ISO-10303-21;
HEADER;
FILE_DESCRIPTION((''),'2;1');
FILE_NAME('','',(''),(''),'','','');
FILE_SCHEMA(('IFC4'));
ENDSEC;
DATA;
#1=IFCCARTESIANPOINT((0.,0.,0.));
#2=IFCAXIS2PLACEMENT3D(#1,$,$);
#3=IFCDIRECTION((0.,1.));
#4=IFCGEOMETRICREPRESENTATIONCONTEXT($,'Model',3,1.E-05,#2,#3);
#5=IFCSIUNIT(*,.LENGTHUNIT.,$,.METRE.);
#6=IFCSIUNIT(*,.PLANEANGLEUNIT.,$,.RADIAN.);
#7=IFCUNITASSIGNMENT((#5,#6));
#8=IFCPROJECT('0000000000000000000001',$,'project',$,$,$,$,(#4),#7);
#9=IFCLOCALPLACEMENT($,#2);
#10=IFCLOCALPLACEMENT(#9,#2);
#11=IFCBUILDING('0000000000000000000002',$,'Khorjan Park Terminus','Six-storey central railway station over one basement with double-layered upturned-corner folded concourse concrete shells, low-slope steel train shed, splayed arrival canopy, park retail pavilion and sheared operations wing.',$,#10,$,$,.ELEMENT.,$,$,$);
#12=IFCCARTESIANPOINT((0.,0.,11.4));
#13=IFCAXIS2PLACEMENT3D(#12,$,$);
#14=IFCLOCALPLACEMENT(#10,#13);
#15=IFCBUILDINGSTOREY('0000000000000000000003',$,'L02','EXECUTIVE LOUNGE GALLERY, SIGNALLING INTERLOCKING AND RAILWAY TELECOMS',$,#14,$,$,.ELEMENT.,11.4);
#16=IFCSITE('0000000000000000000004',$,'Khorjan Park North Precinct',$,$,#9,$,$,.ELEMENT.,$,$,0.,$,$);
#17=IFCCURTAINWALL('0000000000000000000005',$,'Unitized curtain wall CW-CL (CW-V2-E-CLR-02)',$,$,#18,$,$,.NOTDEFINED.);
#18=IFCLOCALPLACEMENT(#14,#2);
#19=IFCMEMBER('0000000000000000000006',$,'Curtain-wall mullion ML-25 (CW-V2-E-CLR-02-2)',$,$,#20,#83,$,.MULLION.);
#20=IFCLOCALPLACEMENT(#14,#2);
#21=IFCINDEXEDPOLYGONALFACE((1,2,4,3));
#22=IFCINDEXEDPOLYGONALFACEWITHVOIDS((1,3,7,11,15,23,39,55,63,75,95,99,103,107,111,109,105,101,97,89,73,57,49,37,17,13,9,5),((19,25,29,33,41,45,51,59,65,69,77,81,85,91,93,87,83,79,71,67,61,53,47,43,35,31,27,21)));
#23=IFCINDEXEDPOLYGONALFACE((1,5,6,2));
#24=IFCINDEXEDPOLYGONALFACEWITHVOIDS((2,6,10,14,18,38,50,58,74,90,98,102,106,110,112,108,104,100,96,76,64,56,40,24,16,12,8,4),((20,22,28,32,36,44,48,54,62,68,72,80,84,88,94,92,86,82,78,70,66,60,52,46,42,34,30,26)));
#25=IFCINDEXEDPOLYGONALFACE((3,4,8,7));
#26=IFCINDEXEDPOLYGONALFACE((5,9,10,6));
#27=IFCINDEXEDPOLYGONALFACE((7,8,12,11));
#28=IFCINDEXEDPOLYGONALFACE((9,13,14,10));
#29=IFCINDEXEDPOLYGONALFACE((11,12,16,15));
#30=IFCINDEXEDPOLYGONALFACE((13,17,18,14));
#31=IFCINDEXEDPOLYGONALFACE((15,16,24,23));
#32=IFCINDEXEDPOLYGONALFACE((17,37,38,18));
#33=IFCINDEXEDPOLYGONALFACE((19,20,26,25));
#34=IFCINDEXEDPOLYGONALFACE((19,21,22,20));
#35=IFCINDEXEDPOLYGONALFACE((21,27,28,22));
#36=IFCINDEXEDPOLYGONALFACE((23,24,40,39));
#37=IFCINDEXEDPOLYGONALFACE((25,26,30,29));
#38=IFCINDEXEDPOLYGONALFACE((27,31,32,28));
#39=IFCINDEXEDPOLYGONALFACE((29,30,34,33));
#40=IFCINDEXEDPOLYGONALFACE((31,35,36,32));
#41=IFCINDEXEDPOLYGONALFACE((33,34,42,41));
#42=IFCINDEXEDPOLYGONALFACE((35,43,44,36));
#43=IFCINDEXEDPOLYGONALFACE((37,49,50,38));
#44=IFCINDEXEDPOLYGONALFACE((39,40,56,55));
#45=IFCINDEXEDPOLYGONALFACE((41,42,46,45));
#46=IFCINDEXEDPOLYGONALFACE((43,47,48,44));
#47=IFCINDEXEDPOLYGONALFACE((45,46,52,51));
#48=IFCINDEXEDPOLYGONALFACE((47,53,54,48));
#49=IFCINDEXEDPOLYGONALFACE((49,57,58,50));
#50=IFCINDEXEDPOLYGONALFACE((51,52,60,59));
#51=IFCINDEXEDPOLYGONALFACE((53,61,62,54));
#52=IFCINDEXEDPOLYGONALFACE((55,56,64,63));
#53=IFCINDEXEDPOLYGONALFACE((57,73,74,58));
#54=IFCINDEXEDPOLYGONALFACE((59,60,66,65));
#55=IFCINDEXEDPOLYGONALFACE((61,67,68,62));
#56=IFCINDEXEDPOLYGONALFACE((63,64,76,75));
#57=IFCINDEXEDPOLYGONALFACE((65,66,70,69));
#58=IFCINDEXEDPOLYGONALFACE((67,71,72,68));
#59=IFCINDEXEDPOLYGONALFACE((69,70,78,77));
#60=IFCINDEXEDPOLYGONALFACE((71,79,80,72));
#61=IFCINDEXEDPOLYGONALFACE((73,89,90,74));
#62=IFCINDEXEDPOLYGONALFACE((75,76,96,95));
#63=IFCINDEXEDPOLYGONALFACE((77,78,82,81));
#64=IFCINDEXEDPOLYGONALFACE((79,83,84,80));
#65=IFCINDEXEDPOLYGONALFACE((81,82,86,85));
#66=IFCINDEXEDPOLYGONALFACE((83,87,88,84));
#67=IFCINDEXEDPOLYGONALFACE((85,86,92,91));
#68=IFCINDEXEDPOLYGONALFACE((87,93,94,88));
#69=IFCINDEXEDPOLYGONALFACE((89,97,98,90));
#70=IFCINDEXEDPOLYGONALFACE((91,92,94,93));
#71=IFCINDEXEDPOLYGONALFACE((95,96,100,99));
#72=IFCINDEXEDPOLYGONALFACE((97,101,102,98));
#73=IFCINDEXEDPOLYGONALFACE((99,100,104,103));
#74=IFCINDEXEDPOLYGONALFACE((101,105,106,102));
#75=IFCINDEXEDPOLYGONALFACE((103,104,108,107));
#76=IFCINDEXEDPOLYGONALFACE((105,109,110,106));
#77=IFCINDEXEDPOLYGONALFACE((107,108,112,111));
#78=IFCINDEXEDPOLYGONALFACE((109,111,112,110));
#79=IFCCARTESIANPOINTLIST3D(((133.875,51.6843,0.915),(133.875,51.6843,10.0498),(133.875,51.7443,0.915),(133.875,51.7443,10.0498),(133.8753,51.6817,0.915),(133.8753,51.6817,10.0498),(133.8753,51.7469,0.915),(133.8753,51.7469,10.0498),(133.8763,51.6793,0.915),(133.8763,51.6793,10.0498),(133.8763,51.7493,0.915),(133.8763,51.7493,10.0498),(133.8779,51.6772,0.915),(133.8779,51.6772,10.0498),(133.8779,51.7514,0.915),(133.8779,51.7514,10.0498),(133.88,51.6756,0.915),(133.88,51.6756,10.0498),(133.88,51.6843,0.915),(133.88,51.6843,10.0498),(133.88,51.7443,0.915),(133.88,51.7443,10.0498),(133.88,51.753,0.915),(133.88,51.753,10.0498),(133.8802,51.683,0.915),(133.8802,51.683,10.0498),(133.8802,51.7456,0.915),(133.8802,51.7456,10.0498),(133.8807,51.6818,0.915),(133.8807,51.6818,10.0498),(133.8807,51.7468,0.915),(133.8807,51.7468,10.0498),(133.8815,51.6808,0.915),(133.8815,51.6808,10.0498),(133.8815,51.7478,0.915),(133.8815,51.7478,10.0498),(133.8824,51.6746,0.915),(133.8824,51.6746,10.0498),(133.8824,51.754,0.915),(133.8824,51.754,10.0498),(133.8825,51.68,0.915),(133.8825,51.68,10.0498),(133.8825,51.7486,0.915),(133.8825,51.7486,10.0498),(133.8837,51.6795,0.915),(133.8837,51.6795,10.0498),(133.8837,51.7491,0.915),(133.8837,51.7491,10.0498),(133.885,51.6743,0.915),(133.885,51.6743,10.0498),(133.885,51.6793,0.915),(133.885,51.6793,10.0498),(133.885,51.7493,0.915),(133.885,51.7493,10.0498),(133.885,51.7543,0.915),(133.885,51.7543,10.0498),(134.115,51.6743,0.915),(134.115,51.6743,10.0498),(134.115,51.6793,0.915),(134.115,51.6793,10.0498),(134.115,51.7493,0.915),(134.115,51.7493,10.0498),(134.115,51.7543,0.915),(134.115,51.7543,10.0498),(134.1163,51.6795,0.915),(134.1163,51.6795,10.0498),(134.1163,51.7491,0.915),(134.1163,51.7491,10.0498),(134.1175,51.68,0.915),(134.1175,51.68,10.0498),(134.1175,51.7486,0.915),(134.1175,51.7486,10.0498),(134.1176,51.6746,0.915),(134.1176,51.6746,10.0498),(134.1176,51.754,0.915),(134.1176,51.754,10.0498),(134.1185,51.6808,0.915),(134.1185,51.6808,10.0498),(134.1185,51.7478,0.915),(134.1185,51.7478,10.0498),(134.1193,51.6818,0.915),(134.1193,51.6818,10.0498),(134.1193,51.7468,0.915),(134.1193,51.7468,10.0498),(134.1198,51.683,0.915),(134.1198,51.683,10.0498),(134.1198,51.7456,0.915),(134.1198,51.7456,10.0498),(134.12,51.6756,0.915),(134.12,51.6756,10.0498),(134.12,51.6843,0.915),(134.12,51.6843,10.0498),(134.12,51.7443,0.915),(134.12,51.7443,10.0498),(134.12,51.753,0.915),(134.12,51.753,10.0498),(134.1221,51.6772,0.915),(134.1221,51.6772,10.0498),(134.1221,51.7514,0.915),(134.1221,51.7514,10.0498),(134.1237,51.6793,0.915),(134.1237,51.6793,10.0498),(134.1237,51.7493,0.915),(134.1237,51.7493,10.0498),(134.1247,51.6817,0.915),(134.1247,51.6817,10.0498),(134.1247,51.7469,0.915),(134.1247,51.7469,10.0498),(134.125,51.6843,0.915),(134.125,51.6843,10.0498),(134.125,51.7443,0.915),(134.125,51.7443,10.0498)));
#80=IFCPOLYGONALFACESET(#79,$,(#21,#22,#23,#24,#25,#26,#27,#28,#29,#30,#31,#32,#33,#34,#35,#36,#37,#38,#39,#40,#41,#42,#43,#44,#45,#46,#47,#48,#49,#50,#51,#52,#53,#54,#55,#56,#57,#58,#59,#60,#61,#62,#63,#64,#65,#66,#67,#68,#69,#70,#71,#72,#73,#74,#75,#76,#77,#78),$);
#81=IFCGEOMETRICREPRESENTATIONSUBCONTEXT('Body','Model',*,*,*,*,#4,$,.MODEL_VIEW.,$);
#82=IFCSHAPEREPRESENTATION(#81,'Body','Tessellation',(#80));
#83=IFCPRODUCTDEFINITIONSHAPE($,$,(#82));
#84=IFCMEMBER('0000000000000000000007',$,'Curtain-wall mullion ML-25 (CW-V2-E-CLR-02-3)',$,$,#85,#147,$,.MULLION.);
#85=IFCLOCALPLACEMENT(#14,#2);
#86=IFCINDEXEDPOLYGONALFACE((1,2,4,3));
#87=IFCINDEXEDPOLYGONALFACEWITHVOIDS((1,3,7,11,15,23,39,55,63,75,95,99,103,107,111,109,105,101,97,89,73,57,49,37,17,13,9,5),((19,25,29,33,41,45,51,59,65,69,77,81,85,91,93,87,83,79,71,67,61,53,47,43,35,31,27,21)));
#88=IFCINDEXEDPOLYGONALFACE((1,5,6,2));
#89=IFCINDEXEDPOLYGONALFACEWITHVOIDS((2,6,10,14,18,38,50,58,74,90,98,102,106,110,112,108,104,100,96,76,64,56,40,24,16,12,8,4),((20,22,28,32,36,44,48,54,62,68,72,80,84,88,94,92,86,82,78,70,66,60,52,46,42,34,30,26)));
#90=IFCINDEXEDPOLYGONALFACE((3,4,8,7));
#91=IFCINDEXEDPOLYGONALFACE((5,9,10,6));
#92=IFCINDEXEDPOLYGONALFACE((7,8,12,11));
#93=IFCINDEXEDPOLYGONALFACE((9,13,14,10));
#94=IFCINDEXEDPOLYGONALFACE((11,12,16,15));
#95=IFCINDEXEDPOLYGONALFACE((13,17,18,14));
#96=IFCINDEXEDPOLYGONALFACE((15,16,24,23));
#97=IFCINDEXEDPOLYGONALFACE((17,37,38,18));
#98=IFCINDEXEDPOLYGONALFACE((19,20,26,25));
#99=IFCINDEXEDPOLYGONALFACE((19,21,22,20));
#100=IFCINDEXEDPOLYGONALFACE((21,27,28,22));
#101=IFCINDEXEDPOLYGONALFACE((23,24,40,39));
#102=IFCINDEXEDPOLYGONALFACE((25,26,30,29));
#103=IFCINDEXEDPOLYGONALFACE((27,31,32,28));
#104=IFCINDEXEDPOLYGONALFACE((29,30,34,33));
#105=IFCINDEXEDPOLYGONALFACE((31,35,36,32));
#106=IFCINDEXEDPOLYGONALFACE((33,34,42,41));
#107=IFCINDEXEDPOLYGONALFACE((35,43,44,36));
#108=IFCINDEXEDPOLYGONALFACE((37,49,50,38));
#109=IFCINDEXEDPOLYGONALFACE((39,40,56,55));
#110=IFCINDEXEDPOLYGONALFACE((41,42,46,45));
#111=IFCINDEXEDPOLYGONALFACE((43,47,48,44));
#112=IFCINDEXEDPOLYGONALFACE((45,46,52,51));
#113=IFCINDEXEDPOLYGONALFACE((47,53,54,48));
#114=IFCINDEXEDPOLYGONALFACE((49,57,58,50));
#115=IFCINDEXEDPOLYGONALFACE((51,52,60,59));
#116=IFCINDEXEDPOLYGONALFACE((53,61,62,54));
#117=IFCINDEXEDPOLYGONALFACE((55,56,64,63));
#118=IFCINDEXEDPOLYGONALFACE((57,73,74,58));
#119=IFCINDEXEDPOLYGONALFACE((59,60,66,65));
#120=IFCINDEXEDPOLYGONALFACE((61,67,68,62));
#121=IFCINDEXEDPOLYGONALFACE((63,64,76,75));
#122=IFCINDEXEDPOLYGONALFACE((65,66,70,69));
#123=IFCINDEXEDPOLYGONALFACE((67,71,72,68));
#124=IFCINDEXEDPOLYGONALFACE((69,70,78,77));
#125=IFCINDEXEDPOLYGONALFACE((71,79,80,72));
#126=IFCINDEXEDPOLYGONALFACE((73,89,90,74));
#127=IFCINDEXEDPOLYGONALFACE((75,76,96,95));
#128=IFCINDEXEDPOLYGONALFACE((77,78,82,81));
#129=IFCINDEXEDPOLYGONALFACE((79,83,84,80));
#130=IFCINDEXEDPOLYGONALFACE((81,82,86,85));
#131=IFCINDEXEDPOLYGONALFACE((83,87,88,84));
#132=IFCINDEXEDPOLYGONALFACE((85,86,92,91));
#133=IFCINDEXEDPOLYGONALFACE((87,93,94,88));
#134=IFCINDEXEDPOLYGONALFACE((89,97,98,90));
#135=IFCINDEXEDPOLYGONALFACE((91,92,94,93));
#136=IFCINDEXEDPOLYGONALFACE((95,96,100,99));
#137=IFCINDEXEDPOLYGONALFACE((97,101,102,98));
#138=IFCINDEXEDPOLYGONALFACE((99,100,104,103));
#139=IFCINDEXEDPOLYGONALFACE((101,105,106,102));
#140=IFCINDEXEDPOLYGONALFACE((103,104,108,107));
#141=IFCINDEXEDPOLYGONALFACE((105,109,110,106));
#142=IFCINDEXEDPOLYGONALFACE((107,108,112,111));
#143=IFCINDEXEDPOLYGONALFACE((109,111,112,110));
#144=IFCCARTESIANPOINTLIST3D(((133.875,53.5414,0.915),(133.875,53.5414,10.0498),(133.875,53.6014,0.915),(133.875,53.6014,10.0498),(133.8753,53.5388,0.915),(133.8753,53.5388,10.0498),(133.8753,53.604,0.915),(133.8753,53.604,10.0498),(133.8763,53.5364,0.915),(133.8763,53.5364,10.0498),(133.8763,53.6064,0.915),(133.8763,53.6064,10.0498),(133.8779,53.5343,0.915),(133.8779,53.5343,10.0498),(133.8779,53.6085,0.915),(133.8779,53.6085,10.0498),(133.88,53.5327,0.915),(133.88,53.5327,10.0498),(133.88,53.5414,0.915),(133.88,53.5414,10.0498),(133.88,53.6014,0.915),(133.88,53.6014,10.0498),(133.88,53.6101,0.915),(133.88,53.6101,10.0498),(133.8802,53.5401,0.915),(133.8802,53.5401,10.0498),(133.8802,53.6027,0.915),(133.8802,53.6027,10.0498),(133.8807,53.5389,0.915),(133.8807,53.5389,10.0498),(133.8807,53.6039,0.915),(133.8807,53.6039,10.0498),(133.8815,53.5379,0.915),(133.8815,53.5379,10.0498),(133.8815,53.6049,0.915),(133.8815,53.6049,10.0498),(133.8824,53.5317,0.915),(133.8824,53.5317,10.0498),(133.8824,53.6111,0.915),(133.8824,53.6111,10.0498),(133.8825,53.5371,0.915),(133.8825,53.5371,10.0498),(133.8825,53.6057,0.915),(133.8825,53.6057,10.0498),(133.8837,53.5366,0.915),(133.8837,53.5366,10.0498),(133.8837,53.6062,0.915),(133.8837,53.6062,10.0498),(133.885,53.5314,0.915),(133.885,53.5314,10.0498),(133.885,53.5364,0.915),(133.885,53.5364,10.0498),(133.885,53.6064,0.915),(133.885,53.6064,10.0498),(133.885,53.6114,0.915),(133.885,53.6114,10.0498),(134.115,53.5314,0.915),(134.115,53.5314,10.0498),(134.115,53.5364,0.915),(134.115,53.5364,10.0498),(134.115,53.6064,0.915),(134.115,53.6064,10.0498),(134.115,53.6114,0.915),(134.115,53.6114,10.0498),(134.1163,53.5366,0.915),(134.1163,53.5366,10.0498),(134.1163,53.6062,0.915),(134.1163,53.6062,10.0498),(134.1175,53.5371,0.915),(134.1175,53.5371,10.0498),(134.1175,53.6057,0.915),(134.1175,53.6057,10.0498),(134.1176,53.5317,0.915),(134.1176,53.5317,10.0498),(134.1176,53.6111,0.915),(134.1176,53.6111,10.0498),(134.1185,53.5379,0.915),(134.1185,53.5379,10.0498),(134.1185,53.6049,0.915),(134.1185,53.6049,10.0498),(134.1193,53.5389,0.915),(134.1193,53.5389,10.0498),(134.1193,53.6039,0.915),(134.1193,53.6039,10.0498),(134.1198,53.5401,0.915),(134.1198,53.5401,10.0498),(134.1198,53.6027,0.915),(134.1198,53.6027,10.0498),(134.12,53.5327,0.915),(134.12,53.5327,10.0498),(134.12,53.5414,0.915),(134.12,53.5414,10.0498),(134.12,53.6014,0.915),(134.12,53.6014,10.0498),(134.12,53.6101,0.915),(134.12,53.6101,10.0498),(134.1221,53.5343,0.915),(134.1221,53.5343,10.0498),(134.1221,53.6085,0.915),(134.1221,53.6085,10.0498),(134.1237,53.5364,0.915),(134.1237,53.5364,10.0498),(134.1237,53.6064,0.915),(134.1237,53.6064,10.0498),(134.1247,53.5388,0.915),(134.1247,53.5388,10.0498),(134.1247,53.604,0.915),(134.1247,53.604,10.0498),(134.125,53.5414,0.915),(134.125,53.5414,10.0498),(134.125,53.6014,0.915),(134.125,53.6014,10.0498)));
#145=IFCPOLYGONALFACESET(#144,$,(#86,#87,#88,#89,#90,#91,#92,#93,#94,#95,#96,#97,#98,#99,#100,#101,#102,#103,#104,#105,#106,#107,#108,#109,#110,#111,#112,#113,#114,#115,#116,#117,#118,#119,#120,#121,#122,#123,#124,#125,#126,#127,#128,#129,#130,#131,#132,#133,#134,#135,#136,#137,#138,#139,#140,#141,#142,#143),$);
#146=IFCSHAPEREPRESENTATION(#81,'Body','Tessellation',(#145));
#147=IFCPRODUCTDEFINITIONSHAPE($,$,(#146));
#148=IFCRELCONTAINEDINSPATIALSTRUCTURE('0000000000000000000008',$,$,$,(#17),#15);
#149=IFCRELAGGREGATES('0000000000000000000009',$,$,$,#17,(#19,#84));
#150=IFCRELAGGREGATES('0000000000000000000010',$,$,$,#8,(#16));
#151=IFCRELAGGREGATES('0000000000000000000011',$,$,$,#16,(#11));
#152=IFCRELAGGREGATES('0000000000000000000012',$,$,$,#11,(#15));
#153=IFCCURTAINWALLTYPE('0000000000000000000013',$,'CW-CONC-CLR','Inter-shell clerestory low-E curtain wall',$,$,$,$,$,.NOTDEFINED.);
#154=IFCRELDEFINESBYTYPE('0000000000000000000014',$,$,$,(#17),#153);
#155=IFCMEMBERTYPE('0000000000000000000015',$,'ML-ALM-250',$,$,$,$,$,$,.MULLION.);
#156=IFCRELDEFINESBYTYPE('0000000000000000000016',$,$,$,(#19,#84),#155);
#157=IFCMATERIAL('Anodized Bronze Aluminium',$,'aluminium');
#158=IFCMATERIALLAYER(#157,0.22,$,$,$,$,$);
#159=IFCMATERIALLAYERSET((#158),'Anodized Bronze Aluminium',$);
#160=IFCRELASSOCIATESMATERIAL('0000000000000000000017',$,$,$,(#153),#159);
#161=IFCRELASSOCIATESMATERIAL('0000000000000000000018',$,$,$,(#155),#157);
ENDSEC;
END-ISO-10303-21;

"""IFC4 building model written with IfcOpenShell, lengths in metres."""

from ifc_helpers import new_model, si_unit, direction, frame, origin, origin_2d, place, context, subcontext, project, spatial, hollow_rectangle, extrude, material, layer, layer_set, material_profile, profile_set, type_object, element, aggregate, save


model = new_model("IFC4")

# Units and contexts
model_context = context("Model", 3, precision=1e-05, world=origin(), true_north=direction((0.0, 1.0)))
body_context = subcontext(model_context, "Body", "Model", "MODEL_VIEW")
ifc_project = project(units=[si_unit("LENGTHUNIT", "METRE"), si_unit("PLANEANGLEUNIT", "RADIAN")], contexts=[model_context])

# Site, building, storey
site_placement = place(None, origin())
site = spatial("IfcSite", under=ifc_project, at=site_placement, Name="Khorjan Park North Precinct", CompositionType="ELEMENT", RefElevation=0.0)
building_placement = place(site_placement, origin())
building = spatial("IfcBuilding", under=site, at=building_placement, Name="Khorjan Park Terminus", Description="Six-storey central railway station over one basement with double-layered upturned-corner folded concourse concrete shells, low-slope steel train shed, splayed arrival canopy, park retail pavilion and sheared operations wing.", CompositionType="ELEMENT")
storey_placement = place(building_placement, frame((0.0, 0.0, 11.4)))
storey = spatial("IfcBuildingStorey", under=building, at=storey_placement, Name="L02", Description="EXECUTIVE LOUNGE GALLERY, SIGNALLING INTERLOCKING AND RAILWAY TELECOMS", CompositionType="ELEMENT", Elevation=11.4)

# Curtain wall, members
ifc_material_1 = material(Name="Anodized Bronze Aluminium", Category="aluminium")
ifc_layer_1 = layer(ifc_material_1, 0.22)
ifc_layer_set_1 = layer_set([ifc_layer_1], Name="Anodized Bronze Aluminium")
curtain_wall_type = type_object("IfcCurtainWallType", Name="CW-CONC-CLR", Description="Inter-shell clerestory low-E curtain wall", PredefinedType="NOTDEFINED", material=ifc_layer_set_1)
curtain_wall_placement = place(storey_placement, origin())
curtain_wall = element("IfcCurtainWall", 1, at=curtain_wall_placement, inside=storey, type_object=curtain_wall_type, Name="Unitized curtain wall CW-CL (CW-V2-E-CLR-02)", PredefinedType="NOTDEFINED")
ifc_material_profile_1 = material_profile(ifc_material_1, hollow_rectangle(XDim=0.08, YDim=0.25, WallThickness=0.005, InnerFilletRadius=0.005, OuterFilletRadius=0.01, at=origin_2d()), Name="ALM 80x250x5")
ifc_profile_set_1 = profile_set([ifc_material_profile_1], Name="Anodized Bronze Aluminium")
member_type_1 = type_object("IfcMemberType", Name="ML-ALM-250", PredefinedType="MULLION", material=ifc_profile_set_1)
member_1_placement = place(storey_placement, frame((134.0, 51.7143, 0.915), z_axis=(0.0, 0.0, 1.0), x_axis=(0.0, 1.0, 0.0)))
member_1 = element("IfcMember", 2, at=member_1_placement, type_object=member_type_1, Name="Curtain-wall mullion ML-25 (CW-V2-E-CLR-02-2)", PredefinedType="MULLION", context=body_context, shape_type="SweptSolid", body=[
    extrude(hollow_rectangle(XDim=0.08, YDim=0.25, WallThickness=0.005, InnerFilletRadius=0.005, OuterFilletRadius=0.01, at=origin_2d()), origin(), (0.0, 0.0, 1.0), 9.1348),
])
member_2_placement = place(storey_placement, frame((134.0, 53.5714, 0.915), z_axis=(0.0, 0.0, 1.0), x_axis=(0.0, 1.0, 0.0)))
member_2 = element("IfcMember", 3, at=member_2_placement, type_object=member_type_1, Name="Curtain-wall mullion ML-25 (CW-V2-E-CLR-02-3)", PredefinedType="MULLION", context=body_context, shape_type="SweptSolid", body=[
    extrude(hollow_rectangle(XDim=0.08, YDim=0.25, WallThickness=0.005, InnerFilletRadius=0.005, OuterFilletRadius=0.01, at=origin_2d()), origin(), (0.0, 0.0, 1.0), 9.1348),
])
aggregate(curtain_wall, [member_1, member_2])

save(model, "model.ifc")
